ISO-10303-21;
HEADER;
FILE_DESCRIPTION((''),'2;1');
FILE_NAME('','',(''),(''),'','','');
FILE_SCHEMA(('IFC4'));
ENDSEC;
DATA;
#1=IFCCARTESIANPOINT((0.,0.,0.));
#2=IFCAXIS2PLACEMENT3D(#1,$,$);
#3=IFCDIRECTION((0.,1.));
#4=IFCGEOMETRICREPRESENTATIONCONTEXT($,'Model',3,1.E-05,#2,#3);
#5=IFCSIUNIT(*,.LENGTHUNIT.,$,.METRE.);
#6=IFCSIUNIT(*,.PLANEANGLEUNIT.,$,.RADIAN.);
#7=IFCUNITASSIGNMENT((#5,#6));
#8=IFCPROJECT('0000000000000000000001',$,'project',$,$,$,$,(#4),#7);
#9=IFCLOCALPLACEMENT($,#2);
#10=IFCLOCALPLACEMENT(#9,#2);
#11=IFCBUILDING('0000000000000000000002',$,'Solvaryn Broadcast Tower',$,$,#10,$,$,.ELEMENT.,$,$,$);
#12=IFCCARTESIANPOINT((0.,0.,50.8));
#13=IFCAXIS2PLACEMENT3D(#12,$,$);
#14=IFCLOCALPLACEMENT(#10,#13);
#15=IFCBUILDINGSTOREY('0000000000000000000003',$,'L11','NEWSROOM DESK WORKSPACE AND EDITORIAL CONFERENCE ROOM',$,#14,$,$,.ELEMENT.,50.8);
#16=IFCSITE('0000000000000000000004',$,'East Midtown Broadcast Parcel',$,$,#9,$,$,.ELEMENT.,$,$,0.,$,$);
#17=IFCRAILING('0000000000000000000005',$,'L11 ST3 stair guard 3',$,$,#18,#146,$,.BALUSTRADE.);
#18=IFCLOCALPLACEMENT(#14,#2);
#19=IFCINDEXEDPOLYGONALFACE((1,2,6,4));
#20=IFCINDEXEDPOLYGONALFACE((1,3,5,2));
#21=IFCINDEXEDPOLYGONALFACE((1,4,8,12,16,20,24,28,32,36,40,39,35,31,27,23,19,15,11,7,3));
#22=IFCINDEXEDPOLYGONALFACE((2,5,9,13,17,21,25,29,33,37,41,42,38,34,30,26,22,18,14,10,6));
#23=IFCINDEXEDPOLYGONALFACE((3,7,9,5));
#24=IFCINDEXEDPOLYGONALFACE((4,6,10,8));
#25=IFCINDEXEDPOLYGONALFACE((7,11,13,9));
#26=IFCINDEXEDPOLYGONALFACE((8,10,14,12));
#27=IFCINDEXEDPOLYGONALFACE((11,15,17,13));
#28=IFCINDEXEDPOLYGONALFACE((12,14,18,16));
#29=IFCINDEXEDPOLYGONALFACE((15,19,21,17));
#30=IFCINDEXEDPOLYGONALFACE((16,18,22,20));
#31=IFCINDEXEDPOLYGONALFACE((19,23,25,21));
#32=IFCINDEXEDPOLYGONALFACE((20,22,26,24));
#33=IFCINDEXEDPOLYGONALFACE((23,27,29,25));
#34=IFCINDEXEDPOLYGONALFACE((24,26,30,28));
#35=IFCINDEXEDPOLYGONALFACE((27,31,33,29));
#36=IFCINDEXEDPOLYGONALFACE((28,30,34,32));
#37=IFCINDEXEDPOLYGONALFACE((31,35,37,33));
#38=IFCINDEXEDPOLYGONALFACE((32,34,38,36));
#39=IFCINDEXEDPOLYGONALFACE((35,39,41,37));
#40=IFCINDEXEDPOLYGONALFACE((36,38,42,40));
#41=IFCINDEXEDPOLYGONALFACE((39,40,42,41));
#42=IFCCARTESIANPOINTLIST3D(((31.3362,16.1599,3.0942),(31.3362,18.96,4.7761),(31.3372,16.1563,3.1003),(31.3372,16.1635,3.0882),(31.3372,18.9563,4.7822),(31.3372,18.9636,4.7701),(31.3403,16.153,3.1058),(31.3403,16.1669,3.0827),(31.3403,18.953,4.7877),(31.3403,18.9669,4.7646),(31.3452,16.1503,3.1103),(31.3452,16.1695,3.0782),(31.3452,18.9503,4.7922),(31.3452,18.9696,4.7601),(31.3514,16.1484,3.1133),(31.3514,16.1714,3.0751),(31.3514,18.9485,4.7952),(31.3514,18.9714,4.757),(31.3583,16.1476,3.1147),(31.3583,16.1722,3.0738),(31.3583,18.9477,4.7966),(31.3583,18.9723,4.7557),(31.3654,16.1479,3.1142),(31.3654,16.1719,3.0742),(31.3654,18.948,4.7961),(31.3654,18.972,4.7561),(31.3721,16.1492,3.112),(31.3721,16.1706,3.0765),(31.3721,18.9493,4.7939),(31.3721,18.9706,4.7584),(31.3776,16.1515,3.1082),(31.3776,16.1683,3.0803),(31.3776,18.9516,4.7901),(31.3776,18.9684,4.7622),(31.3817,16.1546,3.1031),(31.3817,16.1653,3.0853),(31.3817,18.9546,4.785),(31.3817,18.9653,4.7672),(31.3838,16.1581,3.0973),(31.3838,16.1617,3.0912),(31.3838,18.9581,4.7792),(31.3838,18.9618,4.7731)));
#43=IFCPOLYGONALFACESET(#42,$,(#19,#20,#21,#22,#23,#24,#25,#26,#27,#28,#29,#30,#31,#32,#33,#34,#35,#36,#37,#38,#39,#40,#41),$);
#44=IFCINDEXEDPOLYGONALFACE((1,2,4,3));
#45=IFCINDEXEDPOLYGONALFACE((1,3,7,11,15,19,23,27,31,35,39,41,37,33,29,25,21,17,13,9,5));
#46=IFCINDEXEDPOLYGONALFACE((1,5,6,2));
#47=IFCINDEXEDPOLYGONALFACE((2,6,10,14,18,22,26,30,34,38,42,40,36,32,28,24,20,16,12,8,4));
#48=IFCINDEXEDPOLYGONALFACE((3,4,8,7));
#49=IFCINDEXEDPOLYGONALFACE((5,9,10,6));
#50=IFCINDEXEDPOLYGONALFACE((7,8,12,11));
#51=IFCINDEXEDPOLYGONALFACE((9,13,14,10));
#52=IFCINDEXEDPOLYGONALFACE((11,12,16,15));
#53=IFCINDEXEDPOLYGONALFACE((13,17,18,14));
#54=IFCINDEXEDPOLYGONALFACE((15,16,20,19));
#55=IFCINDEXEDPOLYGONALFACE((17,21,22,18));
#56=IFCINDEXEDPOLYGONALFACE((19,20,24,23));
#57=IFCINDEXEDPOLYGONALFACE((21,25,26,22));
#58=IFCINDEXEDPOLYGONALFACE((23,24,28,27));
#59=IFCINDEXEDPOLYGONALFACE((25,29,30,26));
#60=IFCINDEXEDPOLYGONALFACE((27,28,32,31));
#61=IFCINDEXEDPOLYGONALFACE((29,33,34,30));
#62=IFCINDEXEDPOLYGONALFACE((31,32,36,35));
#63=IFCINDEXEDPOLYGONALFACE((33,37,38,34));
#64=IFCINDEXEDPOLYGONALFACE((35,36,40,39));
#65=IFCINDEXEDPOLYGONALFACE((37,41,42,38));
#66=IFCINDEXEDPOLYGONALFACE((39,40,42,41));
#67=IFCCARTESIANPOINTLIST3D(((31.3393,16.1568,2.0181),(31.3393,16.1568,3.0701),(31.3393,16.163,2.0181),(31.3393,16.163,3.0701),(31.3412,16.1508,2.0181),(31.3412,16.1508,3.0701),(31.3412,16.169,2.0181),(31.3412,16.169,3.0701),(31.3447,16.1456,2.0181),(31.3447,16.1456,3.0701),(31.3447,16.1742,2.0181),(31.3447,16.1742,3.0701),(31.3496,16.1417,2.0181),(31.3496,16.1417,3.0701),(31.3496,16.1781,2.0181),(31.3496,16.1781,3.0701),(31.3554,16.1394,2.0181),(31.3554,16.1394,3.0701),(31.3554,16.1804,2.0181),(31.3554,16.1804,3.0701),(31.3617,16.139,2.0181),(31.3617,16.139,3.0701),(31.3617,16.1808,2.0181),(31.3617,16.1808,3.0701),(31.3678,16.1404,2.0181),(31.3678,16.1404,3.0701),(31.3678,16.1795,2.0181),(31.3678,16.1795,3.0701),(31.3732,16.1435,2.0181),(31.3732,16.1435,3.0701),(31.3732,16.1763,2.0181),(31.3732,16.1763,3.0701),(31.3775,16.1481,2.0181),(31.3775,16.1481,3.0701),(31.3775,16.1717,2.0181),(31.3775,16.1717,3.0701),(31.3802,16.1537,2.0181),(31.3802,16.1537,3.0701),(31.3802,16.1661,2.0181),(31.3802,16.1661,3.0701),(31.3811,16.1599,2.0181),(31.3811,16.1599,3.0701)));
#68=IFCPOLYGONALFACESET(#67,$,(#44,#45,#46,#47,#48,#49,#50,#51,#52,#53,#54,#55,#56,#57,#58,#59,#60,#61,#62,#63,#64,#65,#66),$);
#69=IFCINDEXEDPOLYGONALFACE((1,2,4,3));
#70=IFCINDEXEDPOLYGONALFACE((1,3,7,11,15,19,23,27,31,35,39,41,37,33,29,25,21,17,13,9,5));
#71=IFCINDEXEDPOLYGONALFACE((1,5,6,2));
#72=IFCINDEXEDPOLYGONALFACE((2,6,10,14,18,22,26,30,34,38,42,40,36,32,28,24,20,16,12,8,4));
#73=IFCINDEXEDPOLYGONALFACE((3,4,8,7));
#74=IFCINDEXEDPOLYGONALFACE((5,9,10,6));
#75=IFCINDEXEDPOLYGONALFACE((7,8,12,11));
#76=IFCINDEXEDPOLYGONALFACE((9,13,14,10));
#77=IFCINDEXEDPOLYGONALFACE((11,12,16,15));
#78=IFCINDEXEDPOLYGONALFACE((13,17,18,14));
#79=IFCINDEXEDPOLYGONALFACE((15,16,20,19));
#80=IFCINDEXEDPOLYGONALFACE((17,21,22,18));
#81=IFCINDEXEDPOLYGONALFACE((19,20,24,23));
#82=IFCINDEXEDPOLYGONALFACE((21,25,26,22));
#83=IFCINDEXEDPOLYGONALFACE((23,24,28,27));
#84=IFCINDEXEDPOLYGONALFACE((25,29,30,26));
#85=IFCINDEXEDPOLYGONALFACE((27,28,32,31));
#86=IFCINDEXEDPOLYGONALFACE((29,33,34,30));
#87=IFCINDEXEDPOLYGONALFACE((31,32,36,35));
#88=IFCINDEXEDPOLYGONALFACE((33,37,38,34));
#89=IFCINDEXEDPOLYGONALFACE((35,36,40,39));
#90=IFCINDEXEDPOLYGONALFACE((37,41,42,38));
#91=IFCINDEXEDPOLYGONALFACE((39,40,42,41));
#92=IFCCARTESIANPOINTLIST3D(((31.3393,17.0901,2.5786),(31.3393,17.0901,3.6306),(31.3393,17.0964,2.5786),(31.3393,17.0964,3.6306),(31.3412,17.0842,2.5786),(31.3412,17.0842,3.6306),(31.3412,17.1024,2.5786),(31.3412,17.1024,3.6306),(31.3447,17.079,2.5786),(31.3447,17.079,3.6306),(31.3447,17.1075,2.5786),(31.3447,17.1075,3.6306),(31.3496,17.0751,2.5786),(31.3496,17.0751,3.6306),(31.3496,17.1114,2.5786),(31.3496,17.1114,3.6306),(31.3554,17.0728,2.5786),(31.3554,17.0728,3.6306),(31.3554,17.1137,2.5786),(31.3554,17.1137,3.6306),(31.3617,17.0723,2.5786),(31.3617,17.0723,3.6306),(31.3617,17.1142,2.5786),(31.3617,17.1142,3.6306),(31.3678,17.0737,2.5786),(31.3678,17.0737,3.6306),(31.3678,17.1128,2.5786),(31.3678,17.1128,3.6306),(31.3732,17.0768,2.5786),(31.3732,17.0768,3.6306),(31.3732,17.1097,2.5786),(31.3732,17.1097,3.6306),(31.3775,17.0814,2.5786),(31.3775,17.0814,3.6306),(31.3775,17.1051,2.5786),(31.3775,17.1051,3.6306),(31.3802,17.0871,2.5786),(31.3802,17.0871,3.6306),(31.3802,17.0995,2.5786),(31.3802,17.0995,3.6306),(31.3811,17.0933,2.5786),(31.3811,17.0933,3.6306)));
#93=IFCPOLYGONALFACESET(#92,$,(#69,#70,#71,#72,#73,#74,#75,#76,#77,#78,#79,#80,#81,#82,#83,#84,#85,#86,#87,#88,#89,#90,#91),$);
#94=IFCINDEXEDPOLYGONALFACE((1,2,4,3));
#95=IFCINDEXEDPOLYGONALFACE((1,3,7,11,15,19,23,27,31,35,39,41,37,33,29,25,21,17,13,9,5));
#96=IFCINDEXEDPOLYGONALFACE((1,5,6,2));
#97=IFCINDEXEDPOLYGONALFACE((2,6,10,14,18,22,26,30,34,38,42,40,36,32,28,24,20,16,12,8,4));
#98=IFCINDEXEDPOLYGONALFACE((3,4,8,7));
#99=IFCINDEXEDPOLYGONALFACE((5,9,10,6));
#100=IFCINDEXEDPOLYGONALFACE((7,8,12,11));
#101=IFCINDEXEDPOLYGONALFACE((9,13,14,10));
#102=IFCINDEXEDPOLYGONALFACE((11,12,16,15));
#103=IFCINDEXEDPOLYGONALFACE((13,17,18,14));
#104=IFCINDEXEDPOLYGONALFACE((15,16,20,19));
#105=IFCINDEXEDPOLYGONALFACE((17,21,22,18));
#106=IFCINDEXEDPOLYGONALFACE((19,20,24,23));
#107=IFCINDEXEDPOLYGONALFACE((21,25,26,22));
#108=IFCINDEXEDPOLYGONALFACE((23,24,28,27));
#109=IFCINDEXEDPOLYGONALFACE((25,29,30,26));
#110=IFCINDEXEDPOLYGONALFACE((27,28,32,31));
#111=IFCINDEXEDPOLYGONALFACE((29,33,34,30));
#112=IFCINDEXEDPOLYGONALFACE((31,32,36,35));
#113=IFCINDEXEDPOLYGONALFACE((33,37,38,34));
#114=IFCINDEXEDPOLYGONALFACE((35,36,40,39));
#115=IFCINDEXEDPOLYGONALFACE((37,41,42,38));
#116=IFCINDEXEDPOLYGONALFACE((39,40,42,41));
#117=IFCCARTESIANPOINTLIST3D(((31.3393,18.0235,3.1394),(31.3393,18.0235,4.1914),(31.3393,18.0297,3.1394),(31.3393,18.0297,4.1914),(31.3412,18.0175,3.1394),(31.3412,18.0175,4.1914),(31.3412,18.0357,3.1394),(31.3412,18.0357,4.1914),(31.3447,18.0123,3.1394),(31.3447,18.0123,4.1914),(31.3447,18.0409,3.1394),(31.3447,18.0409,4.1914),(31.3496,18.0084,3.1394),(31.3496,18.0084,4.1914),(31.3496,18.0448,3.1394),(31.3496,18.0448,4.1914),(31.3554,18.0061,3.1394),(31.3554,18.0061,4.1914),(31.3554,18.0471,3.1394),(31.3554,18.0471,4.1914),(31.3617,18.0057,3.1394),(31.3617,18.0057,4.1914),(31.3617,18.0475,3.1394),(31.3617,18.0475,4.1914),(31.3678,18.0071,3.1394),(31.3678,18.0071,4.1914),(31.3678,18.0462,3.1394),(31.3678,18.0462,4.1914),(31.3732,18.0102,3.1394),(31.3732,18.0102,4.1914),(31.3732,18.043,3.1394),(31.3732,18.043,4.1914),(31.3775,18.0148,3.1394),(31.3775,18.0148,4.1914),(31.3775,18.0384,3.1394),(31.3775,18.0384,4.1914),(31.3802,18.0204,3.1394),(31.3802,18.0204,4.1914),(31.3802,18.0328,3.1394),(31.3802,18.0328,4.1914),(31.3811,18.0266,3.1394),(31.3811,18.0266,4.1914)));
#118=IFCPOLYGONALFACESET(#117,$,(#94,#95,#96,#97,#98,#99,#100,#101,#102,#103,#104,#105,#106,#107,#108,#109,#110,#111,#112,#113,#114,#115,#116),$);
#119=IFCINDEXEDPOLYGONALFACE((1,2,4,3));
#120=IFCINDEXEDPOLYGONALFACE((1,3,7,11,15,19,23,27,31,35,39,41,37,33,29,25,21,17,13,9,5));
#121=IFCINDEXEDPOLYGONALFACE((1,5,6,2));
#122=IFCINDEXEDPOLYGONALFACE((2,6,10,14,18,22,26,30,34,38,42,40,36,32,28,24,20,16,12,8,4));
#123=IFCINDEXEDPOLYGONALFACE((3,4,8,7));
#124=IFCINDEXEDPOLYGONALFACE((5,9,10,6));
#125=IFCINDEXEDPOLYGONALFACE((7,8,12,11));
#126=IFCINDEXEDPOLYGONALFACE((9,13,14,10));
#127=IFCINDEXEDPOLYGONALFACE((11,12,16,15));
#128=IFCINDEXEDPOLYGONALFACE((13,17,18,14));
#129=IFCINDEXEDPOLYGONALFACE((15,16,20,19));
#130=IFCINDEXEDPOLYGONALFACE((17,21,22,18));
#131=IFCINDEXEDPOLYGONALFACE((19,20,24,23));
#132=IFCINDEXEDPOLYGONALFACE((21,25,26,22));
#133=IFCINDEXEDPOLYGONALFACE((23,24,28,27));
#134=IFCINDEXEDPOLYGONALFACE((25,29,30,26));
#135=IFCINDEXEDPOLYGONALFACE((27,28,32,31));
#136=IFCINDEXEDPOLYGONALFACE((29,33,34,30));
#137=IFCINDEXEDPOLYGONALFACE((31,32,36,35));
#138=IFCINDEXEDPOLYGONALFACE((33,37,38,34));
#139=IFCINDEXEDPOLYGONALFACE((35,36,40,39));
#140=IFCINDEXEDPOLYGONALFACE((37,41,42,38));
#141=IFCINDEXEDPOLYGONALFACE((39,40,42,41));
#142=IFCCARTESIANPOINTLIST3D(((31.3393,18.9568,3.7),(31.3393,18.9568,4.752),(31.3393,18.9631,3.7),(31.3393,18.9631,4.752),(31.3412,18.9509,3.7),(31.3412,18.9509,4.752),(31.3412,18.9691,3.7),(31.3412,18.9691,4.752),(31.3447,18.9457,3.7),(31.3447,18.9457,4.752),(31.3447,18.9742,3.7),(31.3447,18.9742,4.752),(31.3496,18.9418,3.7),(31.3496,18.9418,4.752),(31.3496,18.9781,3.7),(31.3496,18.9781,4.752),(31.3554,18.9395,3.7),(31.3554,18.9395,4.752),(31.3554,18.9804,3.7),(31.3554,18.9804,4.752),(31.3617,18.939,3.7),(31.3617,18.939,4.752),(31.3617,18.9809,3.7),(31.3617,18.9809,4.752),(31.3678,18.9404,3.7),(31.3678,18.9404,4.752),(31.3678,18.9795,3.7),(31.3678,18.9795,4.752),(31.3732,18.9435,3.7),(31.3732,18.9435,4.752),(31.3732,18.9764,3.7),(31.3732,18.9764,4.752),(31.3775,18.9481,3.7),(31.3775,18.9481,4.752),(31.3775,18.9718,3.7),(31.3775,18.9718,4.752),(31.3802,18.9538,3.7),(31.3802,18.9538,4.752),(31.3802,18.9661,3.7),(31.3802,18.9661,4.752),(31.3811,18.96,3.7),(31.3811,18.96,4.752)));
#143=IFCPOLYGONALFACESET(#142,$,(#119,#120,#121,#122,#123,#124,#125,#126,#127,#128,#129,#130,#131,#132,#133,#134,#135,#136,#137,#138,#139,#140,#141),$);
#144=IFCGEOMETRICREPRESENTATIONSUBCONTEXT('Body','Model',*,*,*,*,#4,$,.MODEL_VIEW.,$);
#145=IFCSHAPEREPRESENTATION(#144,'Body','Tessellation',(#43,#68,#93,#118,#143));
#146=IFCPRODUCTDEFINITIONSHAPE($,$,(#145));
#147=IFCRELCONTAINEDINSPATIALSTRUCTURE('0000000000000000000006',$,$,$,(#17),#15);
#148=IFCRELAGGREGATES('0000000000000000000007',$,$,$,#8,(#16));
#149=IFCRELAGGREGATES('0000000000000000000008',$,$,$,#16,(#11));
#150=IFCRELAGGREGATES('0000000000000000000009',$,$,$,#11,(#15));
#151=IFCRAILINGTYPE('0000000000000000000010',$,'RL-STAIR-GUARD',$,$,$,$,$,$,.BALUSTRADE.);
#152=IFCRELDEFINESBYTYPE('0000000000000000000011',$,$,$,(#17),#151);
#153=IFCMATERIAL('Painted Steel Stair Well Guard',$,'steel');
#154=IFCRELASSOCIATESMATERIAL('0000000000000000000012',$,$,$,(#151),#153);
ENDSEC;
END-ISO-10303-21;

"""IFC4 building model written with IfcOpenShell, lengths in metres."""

from ifc_helpers import new_model, si_unit, direction, frame, origin, origin_2d, place, context, subcontext, project, spatial, circle, extrude, material, type_object, element, save


model = new_model("IFC4")

# Units and contexts
model_context = context("Model", 3, precision=1e-05, world=origin(), true_north=direction((0.0, 1.0)))
body_context = subcontext(model_context, "Body", "Model", "MODEL_VIEW")
ifc_project = project(units=[si_unit("LENGTHUNIT", "METRE"), si_unit("PLANEANGLEUNIT", "RADIAN")], contexts=[model_context])

# Site, building, storey
site_placement = place(None, origin())
site = spatial("IfcSite", under=ifc_project, at=site_placement, Name="East Midtown Broadcast Parcel", CompositionType="ELEMENT", RefElevation=0.0)
building_placement = place(site_placement, origin())
building = spatial("IfcBuilding", under=site, at=building_placement, Name="Solvaryn Broadcast Tower", CompositionType="ELEMENT")
storey_placement = place(building_placement, frame((0.0, 0.0, 50.8)))
storey = spatial("IfcBuildingStorey", under=building, at=storey_placement, Name="L11", Description="NEWSROOM DESK WORKSPACE AND EDITORIAL CONFERENCE ROOM", CompositionType="ELEMENT", Elevation=50.8)

# Railing
ifc_material_1 = material(Name="Painted Steel Stair Well Guard", Category="steel")
railing_type_1 = type_object("IfcRailingType", Name="RL-STAIR-GUARD", PredefinedType="BALUSTRADE", material=ifc_material_1)
railing_1_placement = place(storey_placement, frame((31.3601, 16.1599, 2.0181)))
element("IfcRailing", 1, at=railing_1_placement, inside=storey, type_object=railing_type_1, Name="L11 ST3 stair guard 3", PredefinedType="BALUSTRADE", context=body_context, shape_type="SweptSolid", body=[
    extrude(circle(Radius=0.0239, at=origin_2d()), frame((0.0, 0.0, 1.0762), z_axis=(0.0, 0.857242, 0.514913), x_axis=(-1.0, 0.0, 0.0)), (0.0, 0.0, 1.0), 3.2664),
    extrude(circle(Radius=0.021, at=origin_2d()), origin(), (0.0, 0.0, 1.0), 1.052),
    extrude(circle(Radius=0.021, at=origin_2d()), frame((0.0, 0.9333, 0.5605)), (0.0, 0.0, 1.0), 1.052),
    extrude(circle(Radius=0.021, at=origin_2d()), frame((0.0, 1.8667, 1.1213)), (0.0, 0.0, 1.0), 1.052),
    extrude(circle(Radius=0.021, at=origin_2d()), frame((0.0, 2.8, 1.6819)), (0.0, 0.0, 1.0), 1.052),
])

save(model, "model.ifc")
